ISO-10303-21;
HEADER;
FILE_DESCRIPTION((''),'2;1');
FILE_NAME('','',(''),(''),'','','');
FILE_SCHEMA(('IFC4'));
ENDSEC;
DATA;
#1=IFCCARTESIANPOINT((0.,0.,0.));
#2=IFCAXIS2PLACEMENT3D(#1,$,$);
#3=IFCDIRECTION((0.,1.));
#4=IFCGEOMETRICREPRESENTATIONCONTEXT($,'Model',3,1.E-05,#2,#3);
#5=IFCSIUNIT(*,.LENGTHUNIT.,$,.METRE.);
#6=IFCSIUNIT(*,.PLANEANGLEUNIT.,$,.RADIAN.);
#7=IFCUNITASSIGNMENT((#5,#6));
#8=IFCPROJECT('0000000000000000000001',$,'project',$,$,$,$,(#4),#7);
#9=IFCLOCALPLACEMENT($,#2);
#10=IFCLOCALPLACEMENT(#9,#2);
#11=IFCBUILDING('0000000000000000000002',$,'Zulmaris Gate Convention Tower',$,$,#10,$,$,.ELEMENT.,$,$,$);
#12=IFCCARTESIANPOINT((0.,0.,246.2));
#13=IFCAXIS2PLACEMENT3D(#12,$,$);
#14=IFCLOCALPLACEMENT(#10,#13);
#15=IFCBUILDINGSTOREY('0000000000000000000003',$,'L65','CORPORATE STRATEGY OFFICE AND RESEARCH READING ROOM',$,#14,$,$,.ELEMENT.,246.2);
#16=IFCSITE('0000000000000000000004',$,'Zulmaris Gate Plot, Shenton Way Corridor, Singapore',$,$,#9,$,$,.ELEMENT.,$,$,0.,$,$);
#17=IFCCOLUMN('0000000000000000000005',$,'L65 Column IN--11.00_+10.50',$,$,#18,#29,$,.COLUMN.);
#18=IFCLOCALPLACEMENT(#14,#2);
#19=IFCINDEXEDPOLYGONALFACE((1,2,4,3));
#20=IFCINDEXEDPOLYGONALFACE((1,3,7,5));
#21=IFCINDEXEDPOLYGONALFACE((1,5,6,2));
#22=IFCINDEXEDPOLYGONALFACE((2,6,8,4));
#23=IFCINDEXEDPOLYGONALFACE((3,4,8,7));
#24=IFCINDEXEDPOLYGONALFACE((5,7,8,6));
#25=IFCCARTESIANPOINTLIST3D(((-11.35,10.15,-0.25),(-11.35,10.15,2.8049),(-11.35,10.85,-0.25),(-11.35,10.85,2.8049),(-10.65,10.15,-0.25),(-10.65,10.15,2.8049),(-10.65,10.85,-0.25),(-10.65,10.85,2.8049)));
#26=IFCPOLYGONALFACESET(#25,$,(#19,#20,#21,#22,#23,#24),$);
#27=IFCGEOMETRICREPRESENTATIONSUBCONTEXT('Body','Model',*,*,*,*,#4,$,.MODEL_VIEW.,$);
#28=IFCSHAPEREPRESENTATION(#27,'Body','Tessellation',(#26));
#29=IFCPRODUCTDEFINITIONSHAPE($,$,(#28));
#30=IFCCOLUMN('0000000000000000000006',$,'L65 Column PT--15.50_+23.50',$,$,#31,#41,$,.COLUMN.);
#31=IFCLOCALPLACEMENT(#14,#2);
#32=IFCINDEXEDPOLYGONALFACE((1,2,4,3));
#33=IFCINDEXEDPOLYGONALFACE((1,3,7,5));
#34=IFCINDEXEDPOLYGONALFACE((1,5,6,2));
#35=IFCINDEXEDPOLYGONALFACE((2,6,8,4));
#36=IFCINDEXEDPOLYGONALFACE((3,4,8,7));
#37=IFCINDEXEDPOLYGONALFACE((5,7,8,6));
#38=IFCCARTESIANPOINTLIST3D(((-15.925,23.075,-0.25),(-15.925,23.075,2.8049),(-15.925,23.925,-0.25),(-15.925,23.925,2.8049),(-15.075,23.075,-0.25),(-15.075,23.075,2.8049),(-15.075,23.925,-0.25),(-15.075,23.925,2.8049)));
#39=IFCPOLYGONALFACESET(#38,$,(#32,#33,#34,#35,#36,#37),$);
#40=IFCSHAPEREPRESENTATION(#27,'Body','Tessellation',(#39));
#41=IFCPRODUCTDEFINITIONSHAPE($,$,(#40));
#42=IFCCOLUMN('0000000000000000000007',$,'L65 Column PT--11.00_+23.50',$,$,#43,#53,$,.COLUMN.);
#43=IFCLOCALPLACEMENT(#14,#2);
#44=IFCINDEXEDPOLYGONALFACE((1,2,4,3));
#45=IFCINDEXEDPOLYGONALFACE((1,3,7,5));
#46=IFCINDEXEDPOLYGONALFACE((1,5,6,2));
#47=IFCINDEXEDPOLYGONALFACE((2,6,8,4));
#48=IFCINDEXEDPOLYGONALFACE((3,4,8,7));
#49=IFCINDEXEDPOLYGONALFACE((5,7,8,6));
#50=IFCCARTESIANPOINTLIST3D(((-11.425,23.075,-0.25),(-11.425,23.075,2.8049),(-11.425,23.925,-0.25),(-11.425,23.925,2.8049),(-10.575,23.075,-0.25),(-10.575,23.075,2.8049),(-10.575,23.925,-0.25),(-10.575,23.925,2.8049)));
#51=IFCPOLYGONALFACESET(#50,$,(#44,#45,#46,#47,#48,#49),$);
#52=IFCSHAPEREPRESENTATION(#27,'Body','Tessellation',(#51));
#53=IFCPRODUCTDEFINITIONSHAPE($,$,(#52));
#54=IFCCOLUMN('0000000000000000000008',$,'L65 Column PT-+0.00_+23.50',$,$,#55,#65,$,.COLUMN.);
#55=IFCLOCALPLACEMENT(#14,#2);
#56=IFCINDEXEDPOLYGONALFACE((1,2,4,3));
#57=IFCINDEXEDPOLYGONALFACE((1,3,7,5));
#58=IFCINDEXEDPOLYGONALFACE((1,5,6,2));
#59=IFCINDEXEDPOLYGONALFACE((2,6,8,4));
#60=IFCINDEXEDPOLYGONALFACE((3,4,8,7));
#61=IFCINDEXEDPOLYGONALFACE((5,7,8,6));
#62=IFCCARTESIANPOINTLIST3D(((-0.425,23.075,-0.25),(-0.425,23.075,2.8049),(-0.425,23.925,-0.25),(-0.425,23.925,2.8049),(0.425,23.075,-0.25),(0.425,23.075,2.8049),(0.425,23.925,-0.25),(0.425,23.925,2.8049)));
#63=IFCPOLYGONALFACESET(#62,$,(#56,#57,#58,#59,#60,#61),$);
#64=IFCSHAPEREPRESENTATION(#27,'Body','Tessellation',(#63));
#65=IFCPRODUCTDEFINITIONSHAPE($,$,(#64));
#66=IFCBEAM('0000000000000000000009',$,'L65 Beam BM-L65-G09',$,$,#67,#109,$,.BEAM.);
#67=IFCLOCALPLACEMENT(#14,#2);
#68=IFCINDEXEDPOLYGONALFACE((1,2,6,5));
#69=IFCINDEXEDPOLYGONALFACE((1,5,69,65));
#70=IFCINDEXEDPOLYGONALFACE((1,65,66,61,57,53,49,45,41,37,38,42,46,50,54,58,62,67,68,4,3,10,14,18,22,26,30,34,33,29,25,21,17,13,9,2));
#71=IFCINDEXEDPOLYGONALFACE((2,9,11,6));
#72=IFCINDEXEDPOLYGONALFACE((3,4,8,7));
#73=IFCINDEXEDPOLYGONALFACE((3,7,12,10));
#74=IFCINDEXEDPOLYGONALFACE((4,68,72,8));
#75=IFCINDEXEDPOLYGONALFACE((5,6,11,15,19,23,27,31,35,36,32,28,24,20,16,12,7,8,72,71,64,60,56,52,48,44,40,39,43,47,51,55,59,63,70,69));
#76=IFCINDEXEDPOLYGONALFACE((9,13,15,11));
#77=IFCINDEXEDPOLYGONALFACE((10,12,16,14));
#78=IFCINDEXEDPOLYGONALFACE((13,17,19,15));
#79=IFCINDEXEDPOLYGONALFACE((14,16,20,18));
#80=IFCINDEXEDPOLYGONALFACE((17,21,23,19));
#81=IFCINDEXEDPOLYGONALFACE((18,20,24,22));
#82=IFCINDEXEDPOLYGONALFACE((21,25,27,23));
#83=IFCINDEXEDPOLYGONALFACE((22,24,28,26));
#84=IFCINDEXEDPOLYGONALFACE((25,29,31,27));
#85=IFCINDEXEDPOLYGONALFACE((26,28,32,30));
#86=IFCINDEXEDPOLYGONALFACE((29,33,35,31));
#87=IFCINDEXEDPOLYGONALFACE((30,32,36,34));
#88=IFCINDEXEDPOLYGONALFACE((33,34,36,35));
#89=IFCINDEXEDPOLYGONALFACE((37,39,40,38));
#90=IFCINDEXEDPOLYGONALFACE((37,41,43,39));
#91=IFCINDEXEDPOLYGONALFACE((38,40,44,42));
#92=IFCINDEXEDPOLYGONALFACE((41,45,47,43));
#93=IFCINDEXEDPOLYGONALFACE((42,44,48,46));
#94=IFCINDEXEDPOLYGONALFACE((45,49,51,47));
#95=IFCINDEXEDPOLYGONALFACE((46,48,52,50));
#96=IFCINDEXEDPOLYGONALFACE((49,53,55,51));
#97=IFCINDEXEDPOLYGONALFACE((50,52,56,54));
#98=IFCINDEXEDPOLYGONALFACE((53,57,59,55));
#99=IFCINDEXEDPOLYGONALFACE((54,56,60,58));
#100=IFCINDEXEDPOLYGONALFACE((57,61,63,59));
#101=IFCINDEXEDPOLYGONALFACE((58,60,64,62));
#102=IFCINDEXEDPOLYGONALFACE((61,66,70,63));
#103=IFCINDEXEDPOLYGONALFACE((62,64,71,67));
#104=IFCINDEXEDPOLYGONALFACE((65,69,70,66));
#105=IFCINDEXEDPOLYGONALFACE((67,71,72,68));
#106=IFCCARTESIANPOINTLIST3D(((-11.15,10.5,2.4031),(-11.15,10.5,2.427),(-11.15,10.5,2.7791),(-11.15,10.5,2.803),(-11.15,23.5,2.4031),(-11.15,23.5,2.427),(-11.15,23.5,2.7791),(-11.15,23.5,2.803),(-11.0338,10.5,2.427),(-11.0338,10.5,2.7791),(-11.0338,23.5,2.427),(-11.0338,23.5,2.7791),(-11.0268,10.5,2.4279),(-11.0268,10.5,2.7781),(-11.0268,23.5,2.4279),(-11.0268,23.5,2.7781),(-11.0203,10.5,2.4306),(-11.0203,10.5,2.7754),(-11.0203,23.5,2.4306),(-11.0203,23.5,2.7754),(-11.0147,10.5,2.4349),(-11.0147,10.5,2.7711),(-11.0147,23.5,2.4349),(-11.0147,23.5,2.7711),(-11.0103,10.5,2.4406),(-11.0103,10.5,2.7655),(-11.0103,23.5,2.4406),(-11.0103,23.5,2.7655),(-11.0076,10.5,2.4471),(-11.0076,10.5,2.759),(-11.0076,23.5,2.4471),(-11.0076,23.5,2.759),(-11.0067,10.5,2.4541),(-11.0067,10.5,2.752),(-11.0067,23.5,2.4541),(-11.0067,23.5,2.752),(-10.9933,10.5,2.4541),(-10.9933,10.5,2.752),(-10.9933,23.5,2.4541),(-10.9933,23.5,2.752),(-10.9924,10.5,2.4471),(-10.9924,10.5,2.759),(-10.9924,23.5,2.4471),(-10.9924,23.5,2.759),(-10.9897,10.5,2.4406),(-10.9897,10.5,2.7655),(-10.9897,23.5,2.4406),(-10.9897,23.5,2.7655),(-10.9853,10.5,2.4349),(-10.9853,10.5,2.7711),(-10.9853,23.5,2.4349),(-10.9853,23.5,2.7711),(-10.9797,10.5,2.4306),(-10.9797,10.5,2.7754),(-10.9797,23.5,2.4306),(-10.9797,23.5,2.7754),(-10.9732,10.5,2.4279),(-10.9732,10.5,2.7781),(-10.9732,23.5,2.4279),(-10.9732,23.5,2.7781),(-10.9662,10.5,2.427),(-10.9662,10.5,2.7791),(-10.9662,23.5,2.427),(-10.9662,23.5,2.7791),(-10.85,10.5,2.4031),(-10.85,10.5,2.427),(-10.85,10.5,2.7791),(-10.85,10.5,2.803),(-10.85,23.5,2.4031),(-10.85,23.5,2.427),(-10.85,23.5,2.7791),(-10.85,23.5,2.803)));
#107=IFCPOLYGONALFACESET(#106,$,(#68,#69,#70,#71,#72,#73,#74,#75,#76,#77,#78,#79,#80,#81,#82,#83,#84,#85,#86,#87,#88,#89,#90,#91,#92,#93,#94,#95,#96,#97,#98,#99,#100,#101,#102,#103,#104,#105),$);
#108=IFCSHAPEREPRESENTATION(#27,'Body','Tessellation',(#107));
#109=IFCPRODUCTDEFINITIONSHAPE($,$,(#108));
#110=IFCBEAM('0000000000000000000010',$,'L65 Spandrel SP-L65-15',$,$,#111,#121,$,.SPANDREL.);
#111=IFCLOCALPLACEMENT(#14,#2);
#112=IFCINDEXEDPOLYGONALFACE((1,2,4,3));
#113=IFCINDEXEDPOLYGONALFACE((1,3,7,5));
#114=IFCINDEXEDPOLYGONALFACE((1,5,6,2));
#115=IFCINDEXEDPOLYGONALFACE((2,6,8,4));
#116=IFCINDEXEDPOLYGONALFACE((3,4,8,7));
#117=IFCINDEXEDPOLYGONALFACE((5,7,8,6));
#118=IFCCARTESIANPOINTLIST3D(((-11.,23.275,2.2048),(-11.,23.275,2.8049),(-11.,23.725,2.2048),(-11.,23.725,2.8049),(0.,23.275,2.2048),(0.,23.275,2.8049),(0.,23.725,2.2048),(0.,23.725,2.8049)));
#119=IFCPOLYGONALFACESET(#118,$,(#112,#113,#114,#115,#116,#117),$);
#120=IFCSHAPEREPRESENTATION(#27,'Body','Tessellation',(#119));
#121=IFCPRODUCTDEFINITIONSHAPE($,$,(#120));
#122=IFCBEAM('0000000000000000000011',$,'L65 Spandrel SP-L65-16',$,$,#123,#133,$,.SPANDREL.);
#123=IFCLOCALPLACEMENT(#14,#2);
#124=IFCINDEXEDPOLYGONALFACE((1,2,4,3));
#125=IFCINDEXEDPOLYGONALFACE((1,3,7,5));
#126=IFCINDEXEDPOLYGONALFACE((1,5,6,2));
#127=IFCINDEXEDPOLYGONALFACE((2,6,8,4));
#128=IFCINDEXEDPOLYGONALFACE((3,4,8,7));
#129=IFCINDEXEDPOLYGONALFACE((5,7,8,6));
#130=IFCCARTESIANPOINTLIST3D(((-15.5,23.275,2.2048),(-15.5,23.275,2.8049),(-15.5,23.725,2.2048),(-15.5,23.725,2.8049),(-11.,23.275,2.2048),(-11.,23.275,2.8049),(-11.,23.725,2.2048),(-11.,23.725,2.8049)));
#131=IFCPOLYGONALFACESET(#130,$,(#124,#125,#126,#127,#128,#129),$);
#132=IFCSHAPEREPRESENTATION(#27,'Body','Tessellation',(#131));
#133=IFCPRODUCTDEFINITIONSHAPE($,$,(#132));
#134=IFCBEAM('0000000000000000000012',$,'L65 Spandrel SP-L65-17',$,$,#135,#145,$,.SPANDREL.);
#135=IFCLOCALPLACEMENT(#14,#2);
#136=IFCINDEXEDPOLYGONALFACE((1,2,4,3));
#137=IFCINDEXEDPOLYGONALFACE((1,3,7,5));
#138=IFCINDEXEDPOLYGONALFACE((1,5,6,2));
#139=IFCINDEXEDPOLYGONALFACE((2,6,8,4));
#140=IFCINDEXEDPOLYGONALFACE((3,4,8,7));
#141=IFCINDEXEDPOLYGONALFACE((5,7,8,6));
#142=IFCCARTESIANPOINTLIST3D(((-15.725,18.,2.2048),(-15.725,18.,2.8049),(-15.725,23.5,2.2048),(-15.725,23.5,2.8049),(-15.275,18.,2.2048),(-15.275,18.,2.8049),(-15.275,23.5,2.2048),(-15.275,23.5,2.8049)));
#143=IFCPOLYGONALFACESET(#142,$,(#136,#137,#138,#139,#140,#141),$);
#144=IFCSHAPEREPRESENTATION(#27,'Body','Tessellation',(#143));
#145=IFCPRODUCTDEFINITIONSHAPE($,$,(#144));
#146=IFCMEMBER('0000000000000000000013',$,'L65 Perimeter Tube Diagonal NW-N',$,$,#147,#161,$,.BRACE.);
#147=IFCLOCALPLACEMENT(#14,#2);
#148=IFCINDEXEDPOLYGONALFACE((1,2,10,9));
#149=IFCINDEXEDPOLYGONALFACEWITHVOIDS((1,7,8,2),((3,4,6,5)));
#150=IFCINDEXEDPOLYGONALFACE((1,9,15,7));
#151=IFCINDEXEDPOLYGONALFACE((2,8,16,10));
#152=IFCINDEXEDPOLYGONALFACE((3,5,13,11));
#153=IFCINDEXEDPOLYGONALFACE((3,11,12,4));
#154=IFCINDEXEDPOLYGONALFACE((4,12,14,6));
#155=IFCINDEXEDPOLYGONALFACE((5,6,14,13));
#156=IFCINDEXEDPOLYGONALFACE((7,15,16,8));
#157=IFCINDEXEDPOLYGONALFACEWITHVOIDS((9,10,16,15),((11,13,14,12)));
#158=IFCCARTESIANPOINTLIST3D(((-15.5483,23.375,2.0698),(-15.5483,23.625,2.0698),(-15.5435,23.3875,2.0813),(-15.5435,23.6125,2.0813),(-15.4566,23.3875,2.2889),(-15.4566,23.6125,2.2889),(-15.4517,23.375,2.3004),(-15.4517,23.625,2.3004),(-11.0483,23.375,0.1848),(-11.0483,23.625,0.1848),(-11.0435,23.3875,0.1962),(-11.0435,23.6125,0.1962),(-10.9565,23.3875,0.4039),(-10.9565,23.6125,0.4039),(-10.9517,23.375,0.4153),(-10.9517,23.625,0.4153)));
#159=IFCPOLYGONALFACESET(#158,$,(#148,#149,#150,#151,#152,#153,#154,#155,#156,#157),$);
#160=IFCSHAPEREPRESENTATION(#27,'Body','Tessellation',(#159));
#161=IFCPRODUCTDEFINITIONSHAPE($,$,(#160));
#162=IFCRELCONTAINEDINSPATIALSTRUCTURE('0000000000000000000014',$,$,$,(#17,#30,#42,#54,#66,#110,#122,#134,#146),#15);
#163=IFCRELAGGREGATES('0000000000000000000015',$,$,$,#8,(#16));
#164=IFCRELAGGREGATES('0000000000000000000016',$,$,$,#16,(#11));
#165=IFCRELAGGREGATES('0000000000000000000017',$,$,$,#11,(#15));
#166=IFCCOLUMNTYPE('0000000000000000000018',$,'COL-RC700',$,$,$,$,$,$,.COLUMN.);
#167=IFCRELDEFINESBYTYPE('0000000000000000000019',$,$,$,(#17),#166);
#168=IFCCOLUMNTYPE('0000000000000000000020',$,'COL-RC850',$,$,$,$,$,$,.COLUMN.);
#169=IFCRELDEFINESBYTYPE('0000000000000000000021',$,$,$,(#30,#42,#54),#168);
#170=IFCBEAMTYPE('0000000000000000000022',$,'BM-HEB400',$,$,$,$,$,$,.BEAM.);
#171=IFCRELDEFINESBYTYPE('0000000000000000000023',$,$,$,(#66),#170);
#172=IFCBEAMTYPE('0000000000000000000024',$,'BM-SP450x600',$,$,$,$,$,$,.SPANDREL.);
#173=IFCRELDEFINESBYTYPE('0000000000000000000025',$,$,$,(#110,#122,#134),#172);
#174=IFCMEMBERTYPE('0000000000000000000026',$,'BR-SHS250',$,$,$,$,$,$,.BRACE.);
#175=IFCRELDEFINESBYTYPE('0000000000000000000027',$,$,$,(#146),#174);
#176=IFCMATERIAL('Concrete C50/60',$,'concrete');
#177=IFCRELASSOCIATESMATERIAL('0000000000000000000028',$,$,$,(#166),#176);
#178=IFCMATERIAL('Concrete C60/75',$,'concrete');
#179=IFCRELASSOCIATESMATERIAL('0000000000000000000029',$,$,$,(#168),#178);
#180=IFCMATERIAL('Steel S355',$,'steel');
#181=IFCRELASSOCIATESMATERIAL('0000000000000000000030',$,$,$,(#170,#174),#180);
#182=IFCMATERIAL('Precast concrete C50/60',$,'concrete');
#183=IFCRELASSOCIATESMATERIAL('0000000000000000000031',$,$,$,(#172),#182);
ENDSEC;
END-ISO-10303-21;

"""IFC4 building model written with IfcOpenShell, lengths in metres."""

from ifc_helpers import new_model, si_unit, direction, frame, origin, origin_2d, place, context, subcontext, project, spatial, rectangle, hollow_rectangle, i_section, extrude, material, material_profile, profile_set, type_object, element, save


model = new_model("IFC4")

# Units and contexts
model_context = context("Model", 3, precision=1e-05, world=origin(), true_north=direction((0.0, 1.0)))
body_context = subcontext(model_context, "Body", "Model", "MODEL_VIEW")
ifc_project = project(units=[si_unit("LENGTHUNIT", "METRE"), si_unit("PLANEANGLEUNIT", "RADIAN")], contexts=[model_context])

# Site, building, storey
site_placement = place(None, origin())
site = spatial("IfcSite", under=ifc_project, at=site_placement, Name="Zulmaris Gate Plot, Shenton Way Corridor, Singapore", CompositionType="ELEMENT", RefElevation=0.0)
building_placement = place(site_placement, origin())
building = spatial("IfcBuilding", under=site, at=building_placement, Name="Zulmaris Gate Convention Tower", CompositionType="ELEMENT")
storey_placement = place(building_placement, frame((0.0, 0.0, 246.2)))
storey = spatial("IfcBuildingStorey", under=building, at=storey_placement, Name="L65", Description="CORPORATE STRATEGY OFFICE AND RESEARCH READING ROOM", CompositionType="ELEMENT", Elevation=246.2)

# Columns
ifc_material_1 = material(Name="Concrete C50/60", Category="concrete")
ifc_material_profile_1 = material_profile(ifc_material_1, rectangle(XDim=0.7, YDim=0.7, at=origin_2d()), Name="RC COL 700x700")
ifc_profile_set_1 = profile_set([ifc_material_profile_1], Name="Concrete C50/60")
column_type_1 = type_object("IfcColumnType", Name="COL-RC700", PredefinedType="COLUMN", material=ifc_profile_set_1)
column_placement = place(storey_placement, frame((-11.0, 10.5, -0.25), z_axis=(0.0, 0.0, 1.0), x_axis=(1.0, 0.0, 0.0)))
element("IfcColumn", 1, at=column_placement, inside=storey, type_object=column_type_1, Name="L65 Column IN--11.00_+10.50", PredefinedType="COLUMN", context=body_context, shape_type="SweptSolid", body=[
    extrude(rectangle(XDim=0.7, YDim=0.7, at=origin_2d()), origin(), (0.0, 0.0, 1.0), 3.0549),
])
ifc_material_2 = material(Name="Concrete C60/75", Category="concrete")
ifc_material_profile_2 = material_profile(ifc_material_2, rectangle(XDim=0.8501, YDim=0.8501, at=origin_2d()), Name="RC COL 850x850")
ifc_profile_set_2 = profile_set([ifc_material_profile_2], Name="Concrete C60/75")
column_type_2 = type_object("IfcColumnType", Name="COL-RC850", PredefinedType="COLUMN", material=ifc_profile_set_2)
for number, where, z_axis, x_axis, name in (
    (2, (-15.5, 23.5, -0.25), (0.0, 0.0, 1.0), (1.0, 0.0, 0.0), "L65 Column PT--15.50_+23.50"),
    (3, (-11.0, 23.5, -0.25), (0.0, 0.0, 1.0), (1.0, 0.0, 0.0), "L65 Column PT--11.00_+23.50"),
    (4, (0.0, 23.5, -0.25), (0.0, 0.0, 1.0), (1.0, 0.0, 0.0), "L65 Column PT-+0.00_+23.50"),
):
    element("IfcColumn", number, at=place(storey_placement, frame(where, z_axis=z_axis, x_axis=x_axis)), inside=storey, type_object=column_type_2, Name=name, PredefinedType="COLUMN", context=body_context, shape_type="SweptSolid", body=[
        extrude(rectangle(XDim=0.8501, YDim=0.8501, at=origin_2d()), origin(), (0.0, 0.0, 1.0), 3.0549),
    ])

# Beams
ifc_material_3 = material(Name="Steel S355", Category="steel")
ifc_material_profile_3 = material_profile(ifc_material_3, i_section(OverallWidth=0.3, OverallDepth=0.3999, WebThickness=0.0134, FlangeThickness=0.0239, FilletRadius=0.0271, at=origin_2d()), Name="HEB 400")
ifc_profile_set_3 = profile_set([ifc_material_profile_3], Name="Steel S355")
beam_type_1 = type_object("IfcBeamType", Name="BM-HEB400", PredefinedType="BEAM", material=ifc_profile_set_3)
beam_1_placement = place(storey_placement, frame((-11.0, 10.5, 2.603), z_axis=(0.0, 1.0, 0.0), x_axis=(-1.0, 0.0, 0.0)))
element("IfcBeam", 5, at=beam_1_placement, inside=storey, type_object=beam_type_1, Name="L65 Beam BM-L65-G09", PredefinedType="BEAM", context=body_context, shape_type="SweptSolid", body=[
    extrude(i_section(OverallWidth=0.3, OverallDepth=0.3999, WebThickness=0.0134, FlangeThickness=0.0239, FilletRadius=0.0271, at=origin_2d()), origin(), (0.0, 0.0, 1.0), 13.0),
])
ifc_material_4 = material(Name="Precast concrete C50/60", Category="concrete")
ifc_material_profile_4 = material_profile(ifc_material_4, rectangle(XDim=0.45, YDim=0.6001, at=origin_2d()), Name="RC SPANDREL 450x600")
ifc_profile_set_4 = profile_set([ifc_material_profile_4], Name="Precast concrete C50/60")
beam_type_2 = type_object("IfcBeamType", Name="BM-SP450x600", PredefinedType="SPANDREL", material=ifc_profile_set_4)
beam_2_placement = place(storey_placement, frame((0.0, 23.5, 2.5049), z_axis=(-1.0, 0.0, 0.0), x_axis=(0.0, -1.0, 0.0)))
element("IfcBeam", 6, at=beam_2_placement, inside=storey, type_object=beam_type_2, Name="L65 Spandrel SP-L65-15", PredefinedType="SPANDREL", context=body_context, shape_type="SweptSolid", body=[
    extrude(rectangle(XDim=0.45, YDim=0.6001, at=origin_2d()), origin(), (0.0, 0.0, 1.0), 11.0),
])
beam_3_placement = place(storey_placement, frame((-11.0, 23.5, 2.5049), z_axis=(-1.0, 0.0, 0.0), x_axis=(0.0, -1.0, 0.0)))
element("IfcBeam", 7, at=beam_3_placement, inside=storey, type_object=beam_type_2, Name="L65 Spandrel SP-L65-16", PredefinedType="SPANDREL", context=body_context, shape_type="SweptSolid", body=[
    extrude(rectangle(XDim=0.45, YDim=0.6001, at=origin_2d()), origin(), (0.0, 0.0, 1.0), 4.5),
])
beam_4_placement = place(storey_placement, frame((-15.5, 23.5, 2.5049), z_axis=(0.0, -1.0, 0.0), x_axis=(1.0, 0.0, 0.0)))
element("IfcBeam", 8, at=beam_4_placement, inside=storey, type_object=beam_type_2, Name="L65 Spandrel SP-L65-17", PredefinedType="SPANDREL", context=body_context, shape_type="SweptSolid", body=[
    extrude(rectangle(XDim=0.45, YDim=0.6001, at=origin_2d()), origin(), (0.0, 0.0, 1.0), 5.5),
])

# Member
ifc_material_profile_5 = material_profile(ifc_material_3, hollow_rectangle(XDim=0.25, YDim=0.25, WallThickness=0.0125, at=origin_2d()), Name="SHS 250x250x12.5")
ifc_profile_set_5 = profile_set([ifc_material_profile_5], Name="Steel S355")
member_type = type_object("IfcMemberType", Name="BR-SHS250", PredefinedType="BRACE", material=ifc_profile_set_5)
member_placement = place(storey_placement, frame((-11.0, 23.5, 0.3), z_axis=(-0.922347, 0.0, 0.386363), x_axis=(0.0, -1.0, 0.0)))
element("IfcMember", 9, at=member_placement, inside=storey, type_object=member_type, Name="L65 Perimeter Tube Diagonal NW-N", PredefinedType="BRACE", context=body_context, shape_type="SweptSolid", body=[
    extrude(hollow_rectangle(XDim=0.25, YDim=0.25, WallThickness=0.0125, at=origin_2d()), origin(), (0.0, 0.0, 1.0), 4.8789),
])

save(model, "model.ifc")
